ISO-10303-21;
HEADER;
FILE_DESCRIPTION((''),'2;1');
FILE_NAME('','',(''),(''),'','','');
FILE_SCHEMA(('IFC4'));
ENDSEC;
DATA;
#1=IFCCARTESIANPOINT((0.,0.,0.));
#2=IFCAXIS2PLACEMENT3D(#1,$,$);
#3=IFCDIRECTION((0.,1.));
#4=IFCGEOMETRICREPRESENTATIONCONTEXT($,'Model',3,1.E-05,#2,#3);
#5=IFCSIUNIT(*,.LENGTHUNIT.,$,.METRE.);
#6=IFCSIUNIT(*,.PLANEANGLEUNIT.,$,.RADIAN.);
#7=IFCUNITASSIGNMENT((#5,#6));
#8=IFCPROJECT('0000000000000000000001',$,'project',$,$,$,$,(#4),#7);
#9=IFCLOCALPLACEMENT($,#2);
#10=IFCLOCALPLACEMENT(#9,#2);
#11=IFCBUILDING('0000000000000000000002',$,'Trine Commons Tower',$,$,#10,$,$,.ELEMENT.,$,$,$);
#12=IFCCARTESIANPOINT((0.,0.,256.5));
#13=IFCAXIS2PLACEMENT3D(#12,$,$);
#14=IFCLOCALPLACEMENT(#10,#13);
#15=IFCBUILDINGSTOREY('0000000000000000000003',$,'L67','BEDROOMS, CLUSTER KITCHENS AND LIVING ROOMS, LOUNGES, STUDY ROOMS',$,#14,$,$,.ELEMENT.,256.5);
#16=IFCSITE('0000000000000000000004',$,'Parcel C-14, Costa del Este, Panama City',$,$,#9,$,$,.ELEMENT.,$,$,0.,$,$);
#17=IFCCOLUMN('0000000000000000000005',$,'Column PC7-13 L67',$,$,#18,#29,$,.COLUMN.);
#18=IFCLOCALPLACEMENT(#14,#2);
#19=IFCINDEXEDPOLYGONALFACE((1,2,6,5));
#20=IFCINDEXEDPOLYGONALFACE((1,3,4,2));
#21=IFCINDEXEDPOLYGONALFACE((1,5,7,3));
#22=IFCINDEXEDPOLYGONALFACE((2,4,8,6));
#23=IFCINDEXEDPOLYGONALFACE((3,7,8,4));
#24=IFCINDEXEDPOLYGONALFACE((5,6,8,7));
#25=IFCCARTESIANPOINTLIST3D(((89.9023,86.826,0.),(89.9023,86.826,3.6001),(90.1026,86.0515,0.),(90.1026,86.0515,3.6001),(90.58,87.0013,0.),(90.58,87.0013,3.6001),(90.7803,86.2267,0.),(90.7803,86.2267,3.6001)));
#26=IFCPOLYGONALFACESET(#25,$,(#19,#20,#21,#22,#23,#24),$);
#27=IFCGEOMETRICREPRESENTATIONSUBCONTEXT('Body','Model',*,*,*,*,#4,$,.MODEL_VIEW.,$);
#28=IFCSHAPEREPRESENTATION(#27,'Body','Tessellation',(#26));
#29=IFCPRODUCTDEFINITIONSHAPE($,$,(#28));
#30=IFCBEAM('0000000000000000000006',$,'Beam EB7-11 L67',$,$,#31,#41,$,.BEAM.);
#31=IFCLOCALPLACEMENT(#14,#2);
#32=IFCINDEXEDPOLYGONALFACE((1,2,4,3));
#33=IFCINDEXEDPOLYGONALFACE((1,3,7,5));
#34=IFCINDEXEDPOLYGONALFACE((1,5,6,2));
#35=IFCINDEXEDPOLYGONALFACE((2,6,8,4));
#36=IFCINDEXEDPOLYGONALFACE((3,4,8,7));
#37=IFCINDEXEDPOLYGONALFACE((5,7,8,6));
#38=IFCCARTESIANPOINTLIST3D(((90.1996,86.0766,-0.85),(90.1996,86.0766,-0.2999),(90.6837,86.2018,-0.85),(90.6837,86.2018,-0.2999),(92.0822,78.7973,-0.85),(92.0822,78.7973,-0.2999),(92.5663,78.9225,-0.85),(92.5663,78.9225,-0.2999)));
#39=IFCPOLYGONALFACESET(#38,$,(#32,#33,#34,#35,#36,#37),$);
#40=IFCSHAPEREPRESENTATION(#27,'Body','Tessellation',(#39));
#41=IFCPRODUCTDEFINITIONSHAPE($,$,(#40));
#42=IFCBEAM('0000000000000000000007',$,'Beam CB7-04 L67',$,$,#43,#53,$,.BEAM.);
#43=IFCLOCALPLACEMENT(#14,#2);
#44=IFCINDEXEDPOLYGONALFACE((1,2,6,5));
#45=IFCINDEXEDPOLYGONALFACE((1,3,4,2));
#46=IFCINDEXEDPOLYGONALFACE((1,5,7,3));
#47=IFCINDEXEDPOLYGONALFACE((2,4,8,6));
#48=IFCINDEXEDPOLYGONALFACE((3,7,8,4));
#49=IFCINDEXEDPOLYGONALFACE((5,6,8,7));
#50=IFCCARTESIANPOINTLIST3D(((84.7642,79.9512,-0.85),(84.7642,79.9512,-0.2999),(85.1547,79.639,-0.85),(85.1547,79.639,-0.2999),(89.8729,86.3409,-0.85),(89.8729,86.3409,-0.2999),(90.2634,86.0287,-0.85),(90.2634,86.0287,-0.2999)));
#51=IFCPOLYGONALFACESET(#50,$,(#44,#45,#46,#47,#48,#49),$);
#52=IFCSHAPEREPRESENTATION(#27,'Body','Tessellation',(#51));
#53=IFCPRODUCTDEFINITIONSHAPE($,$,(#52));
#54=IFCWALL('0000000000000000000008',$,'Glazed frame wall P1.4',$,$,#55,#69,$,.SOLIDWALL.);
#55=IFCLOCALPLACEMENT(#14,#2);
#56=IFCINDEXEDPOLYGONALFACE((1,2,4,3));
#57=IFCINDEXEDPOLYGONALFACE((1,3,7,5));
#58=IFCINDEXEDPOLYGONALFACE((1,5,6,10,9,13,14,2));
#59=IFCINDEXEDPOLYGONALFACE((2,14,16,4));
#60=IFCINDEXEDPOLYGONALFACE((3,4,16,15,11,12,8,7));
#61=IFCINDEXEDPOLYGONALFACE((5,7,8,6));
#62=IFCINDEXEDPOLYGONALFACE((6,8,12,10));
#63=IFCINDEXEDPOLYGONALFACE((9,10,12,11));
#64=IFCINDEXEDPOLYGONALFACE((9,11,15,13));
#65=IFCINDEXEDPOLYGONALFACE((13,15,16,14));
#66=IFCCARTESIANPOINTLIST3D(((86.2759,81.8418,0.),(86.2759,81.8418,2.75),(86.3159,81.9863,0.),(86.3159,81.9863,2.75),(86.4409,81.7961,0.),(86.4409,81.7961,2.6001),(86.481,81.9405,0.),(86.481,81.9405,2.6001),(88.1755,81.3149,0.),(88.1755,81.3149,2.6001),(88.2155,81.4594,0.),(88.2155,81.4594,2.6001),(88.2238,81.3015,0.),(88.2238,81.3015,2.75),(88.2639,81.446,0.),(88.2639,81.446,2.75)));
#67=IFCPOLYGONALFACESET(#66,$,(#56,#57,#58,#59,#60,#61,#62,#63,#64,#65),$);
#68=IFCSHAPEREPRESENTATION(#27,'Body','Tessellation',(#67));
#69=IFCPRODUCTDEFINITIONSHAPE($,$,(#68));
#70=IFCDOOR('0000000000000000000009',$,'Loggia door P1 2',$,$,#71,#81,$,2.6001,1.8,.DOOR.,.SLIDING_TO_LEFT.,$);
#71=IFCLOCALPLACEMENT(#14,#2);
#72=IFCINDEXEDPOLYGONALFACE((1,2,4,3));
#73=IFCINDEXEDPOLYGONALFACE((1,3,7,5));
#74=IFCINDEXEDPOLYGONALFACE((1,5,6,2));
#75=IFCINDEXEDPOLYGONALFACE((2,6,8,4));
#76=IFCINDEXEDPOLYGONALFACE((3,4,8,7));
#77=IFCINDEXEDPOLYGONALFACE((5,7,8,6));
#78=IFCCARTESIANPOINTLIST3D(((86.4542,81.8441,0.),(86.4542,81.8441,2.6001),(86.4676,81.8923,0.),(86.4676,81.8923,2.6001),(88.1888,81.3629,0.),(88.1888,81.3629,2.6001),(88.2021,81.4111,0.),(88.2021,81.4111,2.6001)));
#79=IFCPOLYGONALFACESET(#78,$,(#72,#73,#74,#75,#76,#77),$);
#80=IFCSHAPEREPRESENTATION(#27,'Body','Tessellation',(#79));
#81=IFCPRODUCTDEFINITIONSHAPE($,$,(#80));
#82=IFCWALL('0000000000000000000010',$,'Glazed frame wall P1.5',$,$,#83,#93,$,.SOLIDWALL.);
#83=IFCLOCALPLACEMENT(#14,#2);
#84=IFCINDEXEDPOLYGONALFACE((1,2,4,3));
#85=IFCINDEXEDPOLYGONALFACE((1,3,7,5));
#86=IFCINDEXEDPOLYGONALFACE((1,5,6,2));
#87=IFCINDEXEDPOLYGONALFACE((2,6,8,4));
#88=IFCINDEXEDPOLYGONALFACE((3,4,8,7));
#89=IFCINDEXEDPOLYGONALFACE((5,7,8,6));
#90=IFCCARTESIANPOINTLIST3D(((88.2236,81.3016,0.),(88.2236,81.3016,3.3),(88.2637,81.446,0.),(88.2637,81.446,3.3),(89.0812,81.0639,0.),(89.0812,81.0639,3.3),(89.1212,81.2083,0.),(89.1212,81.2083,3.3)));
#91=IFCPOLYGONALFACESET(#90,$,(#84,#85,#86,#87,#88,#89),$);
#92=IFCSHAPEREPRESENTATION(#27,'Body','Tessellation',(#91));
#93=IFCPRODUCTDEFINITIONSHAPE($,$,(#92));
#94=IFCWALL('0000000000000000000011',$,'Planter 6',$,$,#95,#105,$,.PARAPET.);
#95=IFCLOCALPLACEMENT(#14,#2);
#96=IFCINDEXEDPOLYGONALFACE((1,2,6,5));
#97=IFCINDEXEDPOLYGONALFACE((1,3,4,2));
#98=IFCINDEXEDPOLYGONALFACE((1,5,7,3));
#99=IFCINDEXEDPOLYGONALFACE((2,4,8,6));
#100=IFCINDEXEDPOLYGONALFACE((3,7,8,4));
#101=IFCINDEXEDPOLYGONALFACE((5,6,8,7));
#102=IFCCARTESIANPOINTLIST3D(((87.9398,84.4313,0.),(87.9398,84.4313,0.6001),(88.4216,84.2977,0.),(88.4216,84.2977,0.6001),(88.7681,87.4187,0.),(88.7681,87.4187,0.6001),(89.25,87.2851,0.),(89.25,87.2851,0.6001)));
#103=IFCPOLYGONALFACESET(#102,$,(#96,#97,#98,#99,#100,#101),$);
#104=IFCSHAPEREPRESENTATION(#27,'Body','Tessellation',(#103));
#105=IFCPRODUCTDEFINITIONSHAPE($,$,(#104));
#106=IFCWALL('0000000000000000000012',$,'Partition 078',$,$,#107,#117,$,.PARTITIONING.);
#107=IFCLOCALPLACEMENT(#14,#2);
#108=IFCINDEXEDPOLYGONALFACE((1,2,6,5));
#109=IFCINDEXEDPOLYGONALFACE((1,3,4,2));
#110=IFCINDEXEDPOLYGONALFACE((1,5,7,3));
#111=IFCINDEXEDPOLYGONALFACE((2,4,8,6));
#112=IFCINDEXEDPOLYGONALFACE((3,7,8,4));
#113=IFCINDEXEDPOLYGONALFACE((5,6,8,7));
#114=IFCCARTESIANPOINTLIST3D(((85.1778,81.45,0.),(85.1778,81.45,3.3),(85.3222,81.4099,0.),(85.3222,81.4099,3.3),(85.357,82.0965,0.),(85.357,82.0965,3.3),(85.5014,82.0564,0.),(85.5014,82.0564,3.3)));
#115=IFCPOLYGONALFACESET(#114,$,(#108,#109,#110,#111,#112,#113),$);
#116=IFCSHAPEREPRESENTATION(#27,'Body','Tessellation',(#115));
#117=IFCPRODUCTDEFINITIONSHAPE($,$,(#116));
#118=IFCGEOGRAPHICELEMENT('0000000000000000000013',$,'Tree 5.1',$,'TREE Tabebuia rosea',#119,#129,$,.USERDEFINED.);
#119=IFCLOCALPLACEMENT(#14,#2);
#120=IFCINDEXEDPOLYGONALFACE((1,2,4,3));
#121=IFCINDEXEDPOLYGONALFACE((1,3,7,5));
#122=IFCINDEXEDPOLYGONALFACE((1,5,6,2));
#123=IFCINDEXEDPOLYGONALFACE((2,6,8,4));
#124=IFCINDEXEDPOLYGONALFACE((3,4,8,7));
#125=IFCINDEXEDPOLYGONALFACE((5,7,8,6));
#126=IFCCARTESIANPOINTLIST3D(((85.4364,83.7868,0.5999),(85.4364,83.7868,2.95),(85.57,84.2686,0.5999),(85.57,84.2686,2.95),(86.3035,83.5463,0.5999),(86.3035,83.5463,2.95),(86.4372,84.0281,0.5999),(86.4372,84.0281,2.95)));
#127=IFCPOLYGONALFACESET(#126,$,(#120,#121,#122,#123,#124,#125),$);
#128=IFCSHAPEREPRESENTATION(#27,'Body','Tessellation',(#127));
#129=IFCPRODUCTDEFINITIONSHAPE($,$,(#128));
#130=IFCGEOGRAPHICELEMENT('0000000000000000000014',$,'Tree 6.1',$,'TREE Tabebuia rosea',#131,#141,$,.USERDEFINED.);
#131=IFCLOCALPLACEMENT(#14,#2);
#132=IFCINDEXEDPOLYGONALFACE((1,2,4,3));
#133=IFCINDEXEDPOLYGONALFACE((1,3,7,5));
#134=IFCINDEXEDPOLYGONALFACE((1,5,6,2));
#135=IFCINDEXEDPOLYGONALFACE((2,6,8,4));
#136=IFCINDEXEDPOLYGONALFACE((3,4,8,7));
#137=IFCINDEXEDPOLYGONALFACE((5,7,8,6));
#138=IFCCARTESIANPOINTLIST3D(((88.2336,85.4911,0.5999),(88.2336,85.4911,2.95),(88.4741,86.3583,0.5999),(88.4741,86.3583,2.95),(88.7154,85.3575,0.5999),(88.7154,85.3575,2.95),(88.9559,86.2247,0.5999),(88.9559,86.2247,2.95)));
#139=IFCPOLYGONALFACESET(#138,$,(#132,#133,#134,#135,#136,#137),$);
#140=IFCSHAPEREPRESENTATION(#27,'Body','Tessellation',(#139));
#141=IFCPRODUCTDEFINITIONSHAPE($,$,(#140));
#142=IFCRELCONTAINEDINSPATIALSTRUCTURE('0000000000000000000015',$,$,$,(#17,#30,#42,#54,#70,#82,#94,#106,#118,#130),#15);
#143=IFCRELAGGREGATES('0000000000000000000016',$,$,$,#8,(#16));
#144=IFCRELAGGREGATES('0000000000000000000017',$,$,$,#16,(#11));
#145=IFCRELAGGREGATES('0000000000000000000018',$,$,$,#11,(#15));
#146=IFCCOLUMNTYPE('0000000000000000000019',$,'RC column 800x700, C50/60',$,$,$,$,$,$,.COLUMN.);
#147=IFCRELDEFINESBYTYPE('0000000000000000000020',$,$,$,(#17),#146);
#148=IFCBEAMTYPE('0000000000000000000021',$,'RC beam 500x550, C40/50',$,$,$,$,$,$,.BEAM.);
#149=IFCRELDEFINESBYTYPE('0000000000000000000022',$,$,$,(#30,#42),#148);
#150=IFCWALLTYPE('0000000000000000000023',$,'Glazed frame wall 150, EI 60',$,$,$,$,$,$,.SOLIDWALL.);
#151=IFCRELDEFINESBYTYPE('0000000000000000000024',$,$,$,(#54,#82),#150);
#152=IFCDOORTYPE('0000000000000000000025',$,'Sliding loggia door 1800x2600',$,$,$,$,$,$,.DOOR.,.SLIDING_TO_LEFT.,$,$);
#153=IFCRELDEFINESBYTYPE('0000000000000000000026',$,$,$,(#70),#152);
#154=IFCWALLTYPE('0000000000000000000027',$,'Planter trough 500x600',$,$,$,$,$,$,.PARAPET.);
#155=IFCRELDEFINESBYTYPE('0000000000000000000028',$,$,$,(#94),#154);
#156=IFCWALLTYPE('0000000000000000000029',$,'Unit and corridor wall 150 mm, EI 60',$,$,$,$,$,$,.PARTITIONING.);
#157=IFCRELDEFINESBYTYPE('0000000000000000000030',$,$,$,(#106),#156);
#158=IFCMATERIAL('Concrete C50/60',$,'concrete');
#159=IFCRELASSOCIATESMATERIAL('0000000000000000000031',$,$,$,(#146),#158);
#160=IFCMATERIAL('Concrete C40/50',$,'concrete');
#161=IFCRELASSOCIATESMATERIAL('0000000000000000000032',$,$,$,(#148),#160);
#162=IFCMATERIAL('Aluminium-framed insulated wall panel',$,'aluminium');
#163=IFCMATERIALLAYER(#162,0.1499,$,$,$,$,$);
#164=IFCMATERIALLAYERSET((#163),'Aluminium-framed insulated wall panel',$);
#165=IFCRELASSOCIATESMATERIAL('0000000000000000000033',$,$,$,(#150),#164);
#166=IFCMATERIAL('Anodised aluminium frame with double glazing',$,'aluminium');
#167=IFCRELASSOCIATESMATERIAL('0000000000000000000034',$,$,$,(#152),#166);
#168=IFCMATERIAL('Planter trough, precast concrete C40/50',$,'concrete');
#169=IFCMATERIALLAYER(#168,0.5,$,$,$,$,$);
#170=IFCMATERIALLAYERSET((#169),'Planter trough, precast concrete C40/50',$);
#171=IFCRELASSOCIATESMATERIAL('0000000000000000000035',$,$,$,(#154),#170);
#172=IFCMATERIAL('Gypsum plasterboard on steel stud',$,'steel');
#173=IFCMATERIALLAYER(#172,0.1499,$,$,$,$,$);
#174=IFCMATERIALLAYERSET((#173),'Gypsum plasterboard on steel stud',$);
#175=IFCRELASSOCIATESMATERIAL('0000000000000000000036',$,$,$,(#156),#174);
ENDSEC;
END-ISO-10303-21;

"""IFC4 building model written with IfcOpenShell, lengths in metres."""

from ifc_helpers import new_model, si_unit, direction, frame, frame_2d, origin, origin_2d, place, context, subcontext, project, spatial, polyline, rectangle, outline, extrude, material, layer, layer_set, material_profile, profile_set, type_object, element, fill, save


model = new_model("IFC4")

# Units and contexts
model_context = context("Model", 3, precision=1e-05, world=origin(), true_north=direction((0.0, 1.0)))
body_context = subcontext(model_context, "Body", "Model", "MODEL_VIEW")
ifc_project = project(units=[si_unit("LENGTHUNIT", "METRE"), si_unit("PLANEANGLEUNIT", "RADIAN")], contexts=[model_context])

# Site, building, storey
site_placement = place(None, origin())
site = spatial("IfcSite", under=ifc_project, at=site_placement, Name="Parcel C-14, Costa del Este, Panama City", CompositionType="ELEMENT", RefElevation=0.0)
building_placement = place(site_placement, origin())
building = spatial("IfcBuilding", under=site, at=building_placement, Name="Trine Commons Tower", CompositionType="ELEMENT")
storey_placement = place(building_placement, frame((0.0, 0.0, 256.5)))
storey = spatial("IfcBuildingStorey", under=building, at=storey_placement, Name="L67", Description="BEDROOMS, CLUSTER KITCHENS AND LIVING ROOMS, LOUNGES, STUDY ROOMS", CompositionType="ELEMENT", Elevation=256.5)

# Column
ifc_material_1 = material(Name="Concrete C50/60", Category="concrete")
ifc_material_profile_1 = material_profile(ifc_material_1, rectangle(XDim=0.8, YDim=0.7, at=origin_2d()), Name="RC 800x700")
ifc_profile_set_1 = profile_set([ifc_material_profile_1], Name="Concrete C50/60")
column_type = type_object("IfcColumnType", Name="RC column 800x700, C50/60", PredefinedType="COLUMN", material=ifc_profile_set_1)
column_placement = place(storey_placement, frame((90.3413, 86.5264, 0.0), z_axis=(0.0, 0.0, 1.0), x_axis=(-0.25038, 0.968148, 0.0)))
element("IfcColumn", 1, at=column_placement, inside=storey, type_object=column_type, Name="Column PC7-13 L67", PredefinedType="COLUMN", context=body_context, shape_type="SweptSolid", body=[
    extrude(rectangle(XDim=0.8, YDim=0.7, at=origin_2d()), origin(), (0.0, 0.0, 1.0), 3.6001),
])

# Beams
ifc_material_2 = material(Name="Concrete C40/50", Category="concrete")
ifc_material_profile_2 = material_profile(ifc_material_2, rectangle(XDim=0.5, YDim=0.55, at=origin_2d()), Name="RC 500x550")
ifc_profile_set_2 = profile_set([ifc_material_profile_2], Name="Concrete C40/50")
beam_type = type_object("IfcBeamType", Name="RC beam 500x550, C40/50", PredefinedType="BEAM", material=ifc_profile_set_2)
beam_1_placement = place(storey_placement, frame((90.4417, 86.1392, -0.575), z_axis=(0.250382, -0.968147, 0.0), x_axis=(0.968147, 0.250382, 0.0)))
element("IfcBeam", 2, at=beam_1_placement, inside=storey, type_object=beam_type, Name="Beam EB7-11 L67", PredefinedType="BEAM", context=body_context, shape_type="SweptSolid", body=[
    extrude(rectangle(XDim=0.5, YDim=0.55, at=origin_2d()), origin(), (0.0, 0.0, 1.0), 7.5188),
])
beam_2_placement = place(storey_placement, frame((90.0681, 86.1848, -0.575), z_axis=(-0.624466, -0.781052, 0.0), x_axis=(0.781052, -0.624466, 0.0)))
element("IfcBeam", 3, at=beam_2_placement, inside=storey, type_object=beam_type, Name="Beam CB7-04 L67", PredefinedType="BEAM", context=body_context, shape_type="SweptSolid", body=[
    extrude(rectangle(XDim=0.5, YDim=0.55, at=origin_2d()), origin(), (0.0, 0.0, 1.0), 8.1809),
])

# Wall, opening, door
ifc_material_3 = material(Name="Aluminium-framed insulated wall panel", Category="aluminium")
ifc_layer_1 = layer(ifc_material_3, 0.1499)
ifc_layer_set_1 = layer_set([ifc_layer_1], Name="Aluminium-framed insulated wall panel")
wall_type_1 = type_object("IfcWallType", Name="Glazed frame wall 150, EI 60", PredefinedType="SOLIDWALL", material=ifc_layer_set_1)
wall_1_placement = place(storey_placement, frame((86.2959, 81.9141, 0.0), z_axis=(0.0, 0.0, 1.0), x_axis=(0.963615, -0.267295, 0.0)))
wall_1 = element("IfcWall", 4, at=wall_1_placement, inside=storey, type_object=wall_type_1, Name="Glazed frame wall P1.4", PredefinedType="SOLIDWALL", context=body_context, shape_type="SweptSolid", body=[
    extrude(outline(polyline([(0.0, -0.075), (2.0215, -0.075), (2.0215, 0.075), (0.0, 0.075), (0.0, -0.075)])), origin(), (0.0, 0.0, 1.0), 2.75),
])
opening_1_placement = place(wall_1_placement, frame((0.1714, 0.0, 0.0)))
opening_1 = element("IfcOpeningElement", 5, at=opening_1_placement, cuts=wall_1, PredefinedType="OPENING", context=body_context, shape_type="SweptSolid", body=[
    extrude(rectangle(XDim=1.8, YDim=2.6001, at=frame_2d((0.8999, 1.3))), frame((0.0, 0.085, 0.0), z_axis=(0.0, -1.0, 0.0), x_axis=(1.0, 0.0, 0.0)), (0.0, 0.0, 1.0), 0.1699),
])
ifc_material_4 = material(Name="Anodised aluminium frame with double glazing", Category="aluminium")
door_type = type_object("IfcDoorType", Name="Sliding loggia door 1800x2600", OperationType="SLIDING_TO_LEFT", PredefinedType="DOOR", material=ifc_material_4)
door_1_placement = place(opening_1_placement, origin())
door_1 = element("IfcDoor", 6, at=door_1_placement, inside=storey, type_object=door_type, Name="Loggia door P1 2", OperationType="SLIDING_TO_LEFT", OverallHeight=2.6001, OverallWidth=1.8, PredefinedType="DOOR", context=body_context, shape_type="SweptSolid", body=[
    extrude(rectangle(XDim=1.8, YDim=2.6001, at=frame_2d((0.8999, 1.3))), frame((0.0, 0.0249, 0.0), z_axis=(0.0, -1.0, 0.0), x_axis=(1.0, 0.0, 0.0)), (0.0, 0.0, 1.0), 0.05),
])
fill(opening_1, door_1)

# Wall
wall_2_placement = place(storey_placement, frame((88.2437, 81.3738, 0.0), z_axis=(0.0, 0.0, 1.0), x_axis=(0.963668, -0.267102, 0.0)))
element("IfcWall", 7, at=wall_2_placement, inside=storey, type_object=wall_type_1, Name="Glazed frame wall P1.5", PredefinedType="SOLIDWALL", context=body_context, shape_type="SweptSolid", body=[
    extrude(outline(polyline([(0.8899, 0.075), (0.0, 0.075), (0.0, -0.075), (0.8899, -0.075), (0.8899, 0.075)])), origin(), (0.0, 0.0, 1.0), 3.3),
])

# Walls
ifc_material_5 = material(Name="Planter trough, precast concrete C40/50", Category="concrete")
ifc_layer_2 = layer(ifc_material_5, 0.5)
ifc_layer_set_2 = layer_set([ifc_layer_2], Name="Planter trough, precast concrete C40/50")
wall_type_2 = type_object("IfcWallType", Name="Planter trough 500x600", PredefinedType="PARAPET", material=ifc_layer_set_2)
wall_3_placement = place(storey_placement, frame((88.1807, 84.3645, 0.0), z_axis=(0.0, 0.0, 1.0), x_axis=(0.267213, 0.963637, 0.0)))
element("IfcWall", 8, at=wall_3_placement, inside=storey, type_object=wall_type_2, Name="Planter 6", PredefinedType="PARAPET", context=body_context, shape_type="SweptSolid", body=[
    extrude(rectangle(XDim=3.1001, YDim=0.5, at=frame_2d((1.55, 0.0))), origin(), (0.0, 0.0, 1.0), 0.6001),
])
ifc_material_6 = material(Name="Gypsum plasterboard on steel stud", Category="steel")
ifc_layer_3 = layer(ifc_material_6, 0.1499)
ifc_layer_set_3 = layer_set([ifc_layer_3], Name="Gypsum plasterboard on steel stud")
wall_type_3 = type_object("IfcWallType", Name="Unit and corridor wall 150 mm, EI 60", PredefinedType="PARTITIONING", material=ifc_layer_set_3)
wall_4_placement = place(storey_placement, frame((85.25, 81.4299, 0.0), z_axis=(0.0, 0.0, 1.0), x_axis=(0.267118, 0.963664, 0.0)))
element("IfcWall", 9, at=wall_4_placement, inside=storey, type_object=wall_type_3, Name="Partition 078", PredefinedType="PARTITIONING", context=body_context, shape_type="SweptSolid", body=[
    extrude(rectangle(XDim=0.6709, YDim=0.1499, at=frame_2d((0.3354, 0.0))), origin(), (0.0, 0.0, 1.0), 3.3),
])

# Geographic elements
for number, where, z_axis, x_axis, name in (
    (10, (85.9368, 83.9075, 0.5999), (0.0, 0.0, 1.0), (0.963634, -0.267227, 0.0), "Tree 5.1"),
    (11, (88.5947, 85.8579, 0.5999), (0.0, 0.0, 1.0), (0.26724, 0.96363, 0.0), "Tree 6.1"),
):
    element("IfcGeographicElement", number, at=place(storey_placement, frame(where, z_axis=z_axis, x_axis=x_axis)), inside=storey, Name=name, ObjectType="TREE Tabebuia rosea", PredefinedType="USERDEFINED", context=body_context, shape_type="SweptSolid", body=[
        extrude(rectangle(XDim=0.8999, YDim=0.5, at=origin_2d()), origin(), (0.0, 0.0, 1.0), 2.3501),
    ])

save(model, "model.ifc")
